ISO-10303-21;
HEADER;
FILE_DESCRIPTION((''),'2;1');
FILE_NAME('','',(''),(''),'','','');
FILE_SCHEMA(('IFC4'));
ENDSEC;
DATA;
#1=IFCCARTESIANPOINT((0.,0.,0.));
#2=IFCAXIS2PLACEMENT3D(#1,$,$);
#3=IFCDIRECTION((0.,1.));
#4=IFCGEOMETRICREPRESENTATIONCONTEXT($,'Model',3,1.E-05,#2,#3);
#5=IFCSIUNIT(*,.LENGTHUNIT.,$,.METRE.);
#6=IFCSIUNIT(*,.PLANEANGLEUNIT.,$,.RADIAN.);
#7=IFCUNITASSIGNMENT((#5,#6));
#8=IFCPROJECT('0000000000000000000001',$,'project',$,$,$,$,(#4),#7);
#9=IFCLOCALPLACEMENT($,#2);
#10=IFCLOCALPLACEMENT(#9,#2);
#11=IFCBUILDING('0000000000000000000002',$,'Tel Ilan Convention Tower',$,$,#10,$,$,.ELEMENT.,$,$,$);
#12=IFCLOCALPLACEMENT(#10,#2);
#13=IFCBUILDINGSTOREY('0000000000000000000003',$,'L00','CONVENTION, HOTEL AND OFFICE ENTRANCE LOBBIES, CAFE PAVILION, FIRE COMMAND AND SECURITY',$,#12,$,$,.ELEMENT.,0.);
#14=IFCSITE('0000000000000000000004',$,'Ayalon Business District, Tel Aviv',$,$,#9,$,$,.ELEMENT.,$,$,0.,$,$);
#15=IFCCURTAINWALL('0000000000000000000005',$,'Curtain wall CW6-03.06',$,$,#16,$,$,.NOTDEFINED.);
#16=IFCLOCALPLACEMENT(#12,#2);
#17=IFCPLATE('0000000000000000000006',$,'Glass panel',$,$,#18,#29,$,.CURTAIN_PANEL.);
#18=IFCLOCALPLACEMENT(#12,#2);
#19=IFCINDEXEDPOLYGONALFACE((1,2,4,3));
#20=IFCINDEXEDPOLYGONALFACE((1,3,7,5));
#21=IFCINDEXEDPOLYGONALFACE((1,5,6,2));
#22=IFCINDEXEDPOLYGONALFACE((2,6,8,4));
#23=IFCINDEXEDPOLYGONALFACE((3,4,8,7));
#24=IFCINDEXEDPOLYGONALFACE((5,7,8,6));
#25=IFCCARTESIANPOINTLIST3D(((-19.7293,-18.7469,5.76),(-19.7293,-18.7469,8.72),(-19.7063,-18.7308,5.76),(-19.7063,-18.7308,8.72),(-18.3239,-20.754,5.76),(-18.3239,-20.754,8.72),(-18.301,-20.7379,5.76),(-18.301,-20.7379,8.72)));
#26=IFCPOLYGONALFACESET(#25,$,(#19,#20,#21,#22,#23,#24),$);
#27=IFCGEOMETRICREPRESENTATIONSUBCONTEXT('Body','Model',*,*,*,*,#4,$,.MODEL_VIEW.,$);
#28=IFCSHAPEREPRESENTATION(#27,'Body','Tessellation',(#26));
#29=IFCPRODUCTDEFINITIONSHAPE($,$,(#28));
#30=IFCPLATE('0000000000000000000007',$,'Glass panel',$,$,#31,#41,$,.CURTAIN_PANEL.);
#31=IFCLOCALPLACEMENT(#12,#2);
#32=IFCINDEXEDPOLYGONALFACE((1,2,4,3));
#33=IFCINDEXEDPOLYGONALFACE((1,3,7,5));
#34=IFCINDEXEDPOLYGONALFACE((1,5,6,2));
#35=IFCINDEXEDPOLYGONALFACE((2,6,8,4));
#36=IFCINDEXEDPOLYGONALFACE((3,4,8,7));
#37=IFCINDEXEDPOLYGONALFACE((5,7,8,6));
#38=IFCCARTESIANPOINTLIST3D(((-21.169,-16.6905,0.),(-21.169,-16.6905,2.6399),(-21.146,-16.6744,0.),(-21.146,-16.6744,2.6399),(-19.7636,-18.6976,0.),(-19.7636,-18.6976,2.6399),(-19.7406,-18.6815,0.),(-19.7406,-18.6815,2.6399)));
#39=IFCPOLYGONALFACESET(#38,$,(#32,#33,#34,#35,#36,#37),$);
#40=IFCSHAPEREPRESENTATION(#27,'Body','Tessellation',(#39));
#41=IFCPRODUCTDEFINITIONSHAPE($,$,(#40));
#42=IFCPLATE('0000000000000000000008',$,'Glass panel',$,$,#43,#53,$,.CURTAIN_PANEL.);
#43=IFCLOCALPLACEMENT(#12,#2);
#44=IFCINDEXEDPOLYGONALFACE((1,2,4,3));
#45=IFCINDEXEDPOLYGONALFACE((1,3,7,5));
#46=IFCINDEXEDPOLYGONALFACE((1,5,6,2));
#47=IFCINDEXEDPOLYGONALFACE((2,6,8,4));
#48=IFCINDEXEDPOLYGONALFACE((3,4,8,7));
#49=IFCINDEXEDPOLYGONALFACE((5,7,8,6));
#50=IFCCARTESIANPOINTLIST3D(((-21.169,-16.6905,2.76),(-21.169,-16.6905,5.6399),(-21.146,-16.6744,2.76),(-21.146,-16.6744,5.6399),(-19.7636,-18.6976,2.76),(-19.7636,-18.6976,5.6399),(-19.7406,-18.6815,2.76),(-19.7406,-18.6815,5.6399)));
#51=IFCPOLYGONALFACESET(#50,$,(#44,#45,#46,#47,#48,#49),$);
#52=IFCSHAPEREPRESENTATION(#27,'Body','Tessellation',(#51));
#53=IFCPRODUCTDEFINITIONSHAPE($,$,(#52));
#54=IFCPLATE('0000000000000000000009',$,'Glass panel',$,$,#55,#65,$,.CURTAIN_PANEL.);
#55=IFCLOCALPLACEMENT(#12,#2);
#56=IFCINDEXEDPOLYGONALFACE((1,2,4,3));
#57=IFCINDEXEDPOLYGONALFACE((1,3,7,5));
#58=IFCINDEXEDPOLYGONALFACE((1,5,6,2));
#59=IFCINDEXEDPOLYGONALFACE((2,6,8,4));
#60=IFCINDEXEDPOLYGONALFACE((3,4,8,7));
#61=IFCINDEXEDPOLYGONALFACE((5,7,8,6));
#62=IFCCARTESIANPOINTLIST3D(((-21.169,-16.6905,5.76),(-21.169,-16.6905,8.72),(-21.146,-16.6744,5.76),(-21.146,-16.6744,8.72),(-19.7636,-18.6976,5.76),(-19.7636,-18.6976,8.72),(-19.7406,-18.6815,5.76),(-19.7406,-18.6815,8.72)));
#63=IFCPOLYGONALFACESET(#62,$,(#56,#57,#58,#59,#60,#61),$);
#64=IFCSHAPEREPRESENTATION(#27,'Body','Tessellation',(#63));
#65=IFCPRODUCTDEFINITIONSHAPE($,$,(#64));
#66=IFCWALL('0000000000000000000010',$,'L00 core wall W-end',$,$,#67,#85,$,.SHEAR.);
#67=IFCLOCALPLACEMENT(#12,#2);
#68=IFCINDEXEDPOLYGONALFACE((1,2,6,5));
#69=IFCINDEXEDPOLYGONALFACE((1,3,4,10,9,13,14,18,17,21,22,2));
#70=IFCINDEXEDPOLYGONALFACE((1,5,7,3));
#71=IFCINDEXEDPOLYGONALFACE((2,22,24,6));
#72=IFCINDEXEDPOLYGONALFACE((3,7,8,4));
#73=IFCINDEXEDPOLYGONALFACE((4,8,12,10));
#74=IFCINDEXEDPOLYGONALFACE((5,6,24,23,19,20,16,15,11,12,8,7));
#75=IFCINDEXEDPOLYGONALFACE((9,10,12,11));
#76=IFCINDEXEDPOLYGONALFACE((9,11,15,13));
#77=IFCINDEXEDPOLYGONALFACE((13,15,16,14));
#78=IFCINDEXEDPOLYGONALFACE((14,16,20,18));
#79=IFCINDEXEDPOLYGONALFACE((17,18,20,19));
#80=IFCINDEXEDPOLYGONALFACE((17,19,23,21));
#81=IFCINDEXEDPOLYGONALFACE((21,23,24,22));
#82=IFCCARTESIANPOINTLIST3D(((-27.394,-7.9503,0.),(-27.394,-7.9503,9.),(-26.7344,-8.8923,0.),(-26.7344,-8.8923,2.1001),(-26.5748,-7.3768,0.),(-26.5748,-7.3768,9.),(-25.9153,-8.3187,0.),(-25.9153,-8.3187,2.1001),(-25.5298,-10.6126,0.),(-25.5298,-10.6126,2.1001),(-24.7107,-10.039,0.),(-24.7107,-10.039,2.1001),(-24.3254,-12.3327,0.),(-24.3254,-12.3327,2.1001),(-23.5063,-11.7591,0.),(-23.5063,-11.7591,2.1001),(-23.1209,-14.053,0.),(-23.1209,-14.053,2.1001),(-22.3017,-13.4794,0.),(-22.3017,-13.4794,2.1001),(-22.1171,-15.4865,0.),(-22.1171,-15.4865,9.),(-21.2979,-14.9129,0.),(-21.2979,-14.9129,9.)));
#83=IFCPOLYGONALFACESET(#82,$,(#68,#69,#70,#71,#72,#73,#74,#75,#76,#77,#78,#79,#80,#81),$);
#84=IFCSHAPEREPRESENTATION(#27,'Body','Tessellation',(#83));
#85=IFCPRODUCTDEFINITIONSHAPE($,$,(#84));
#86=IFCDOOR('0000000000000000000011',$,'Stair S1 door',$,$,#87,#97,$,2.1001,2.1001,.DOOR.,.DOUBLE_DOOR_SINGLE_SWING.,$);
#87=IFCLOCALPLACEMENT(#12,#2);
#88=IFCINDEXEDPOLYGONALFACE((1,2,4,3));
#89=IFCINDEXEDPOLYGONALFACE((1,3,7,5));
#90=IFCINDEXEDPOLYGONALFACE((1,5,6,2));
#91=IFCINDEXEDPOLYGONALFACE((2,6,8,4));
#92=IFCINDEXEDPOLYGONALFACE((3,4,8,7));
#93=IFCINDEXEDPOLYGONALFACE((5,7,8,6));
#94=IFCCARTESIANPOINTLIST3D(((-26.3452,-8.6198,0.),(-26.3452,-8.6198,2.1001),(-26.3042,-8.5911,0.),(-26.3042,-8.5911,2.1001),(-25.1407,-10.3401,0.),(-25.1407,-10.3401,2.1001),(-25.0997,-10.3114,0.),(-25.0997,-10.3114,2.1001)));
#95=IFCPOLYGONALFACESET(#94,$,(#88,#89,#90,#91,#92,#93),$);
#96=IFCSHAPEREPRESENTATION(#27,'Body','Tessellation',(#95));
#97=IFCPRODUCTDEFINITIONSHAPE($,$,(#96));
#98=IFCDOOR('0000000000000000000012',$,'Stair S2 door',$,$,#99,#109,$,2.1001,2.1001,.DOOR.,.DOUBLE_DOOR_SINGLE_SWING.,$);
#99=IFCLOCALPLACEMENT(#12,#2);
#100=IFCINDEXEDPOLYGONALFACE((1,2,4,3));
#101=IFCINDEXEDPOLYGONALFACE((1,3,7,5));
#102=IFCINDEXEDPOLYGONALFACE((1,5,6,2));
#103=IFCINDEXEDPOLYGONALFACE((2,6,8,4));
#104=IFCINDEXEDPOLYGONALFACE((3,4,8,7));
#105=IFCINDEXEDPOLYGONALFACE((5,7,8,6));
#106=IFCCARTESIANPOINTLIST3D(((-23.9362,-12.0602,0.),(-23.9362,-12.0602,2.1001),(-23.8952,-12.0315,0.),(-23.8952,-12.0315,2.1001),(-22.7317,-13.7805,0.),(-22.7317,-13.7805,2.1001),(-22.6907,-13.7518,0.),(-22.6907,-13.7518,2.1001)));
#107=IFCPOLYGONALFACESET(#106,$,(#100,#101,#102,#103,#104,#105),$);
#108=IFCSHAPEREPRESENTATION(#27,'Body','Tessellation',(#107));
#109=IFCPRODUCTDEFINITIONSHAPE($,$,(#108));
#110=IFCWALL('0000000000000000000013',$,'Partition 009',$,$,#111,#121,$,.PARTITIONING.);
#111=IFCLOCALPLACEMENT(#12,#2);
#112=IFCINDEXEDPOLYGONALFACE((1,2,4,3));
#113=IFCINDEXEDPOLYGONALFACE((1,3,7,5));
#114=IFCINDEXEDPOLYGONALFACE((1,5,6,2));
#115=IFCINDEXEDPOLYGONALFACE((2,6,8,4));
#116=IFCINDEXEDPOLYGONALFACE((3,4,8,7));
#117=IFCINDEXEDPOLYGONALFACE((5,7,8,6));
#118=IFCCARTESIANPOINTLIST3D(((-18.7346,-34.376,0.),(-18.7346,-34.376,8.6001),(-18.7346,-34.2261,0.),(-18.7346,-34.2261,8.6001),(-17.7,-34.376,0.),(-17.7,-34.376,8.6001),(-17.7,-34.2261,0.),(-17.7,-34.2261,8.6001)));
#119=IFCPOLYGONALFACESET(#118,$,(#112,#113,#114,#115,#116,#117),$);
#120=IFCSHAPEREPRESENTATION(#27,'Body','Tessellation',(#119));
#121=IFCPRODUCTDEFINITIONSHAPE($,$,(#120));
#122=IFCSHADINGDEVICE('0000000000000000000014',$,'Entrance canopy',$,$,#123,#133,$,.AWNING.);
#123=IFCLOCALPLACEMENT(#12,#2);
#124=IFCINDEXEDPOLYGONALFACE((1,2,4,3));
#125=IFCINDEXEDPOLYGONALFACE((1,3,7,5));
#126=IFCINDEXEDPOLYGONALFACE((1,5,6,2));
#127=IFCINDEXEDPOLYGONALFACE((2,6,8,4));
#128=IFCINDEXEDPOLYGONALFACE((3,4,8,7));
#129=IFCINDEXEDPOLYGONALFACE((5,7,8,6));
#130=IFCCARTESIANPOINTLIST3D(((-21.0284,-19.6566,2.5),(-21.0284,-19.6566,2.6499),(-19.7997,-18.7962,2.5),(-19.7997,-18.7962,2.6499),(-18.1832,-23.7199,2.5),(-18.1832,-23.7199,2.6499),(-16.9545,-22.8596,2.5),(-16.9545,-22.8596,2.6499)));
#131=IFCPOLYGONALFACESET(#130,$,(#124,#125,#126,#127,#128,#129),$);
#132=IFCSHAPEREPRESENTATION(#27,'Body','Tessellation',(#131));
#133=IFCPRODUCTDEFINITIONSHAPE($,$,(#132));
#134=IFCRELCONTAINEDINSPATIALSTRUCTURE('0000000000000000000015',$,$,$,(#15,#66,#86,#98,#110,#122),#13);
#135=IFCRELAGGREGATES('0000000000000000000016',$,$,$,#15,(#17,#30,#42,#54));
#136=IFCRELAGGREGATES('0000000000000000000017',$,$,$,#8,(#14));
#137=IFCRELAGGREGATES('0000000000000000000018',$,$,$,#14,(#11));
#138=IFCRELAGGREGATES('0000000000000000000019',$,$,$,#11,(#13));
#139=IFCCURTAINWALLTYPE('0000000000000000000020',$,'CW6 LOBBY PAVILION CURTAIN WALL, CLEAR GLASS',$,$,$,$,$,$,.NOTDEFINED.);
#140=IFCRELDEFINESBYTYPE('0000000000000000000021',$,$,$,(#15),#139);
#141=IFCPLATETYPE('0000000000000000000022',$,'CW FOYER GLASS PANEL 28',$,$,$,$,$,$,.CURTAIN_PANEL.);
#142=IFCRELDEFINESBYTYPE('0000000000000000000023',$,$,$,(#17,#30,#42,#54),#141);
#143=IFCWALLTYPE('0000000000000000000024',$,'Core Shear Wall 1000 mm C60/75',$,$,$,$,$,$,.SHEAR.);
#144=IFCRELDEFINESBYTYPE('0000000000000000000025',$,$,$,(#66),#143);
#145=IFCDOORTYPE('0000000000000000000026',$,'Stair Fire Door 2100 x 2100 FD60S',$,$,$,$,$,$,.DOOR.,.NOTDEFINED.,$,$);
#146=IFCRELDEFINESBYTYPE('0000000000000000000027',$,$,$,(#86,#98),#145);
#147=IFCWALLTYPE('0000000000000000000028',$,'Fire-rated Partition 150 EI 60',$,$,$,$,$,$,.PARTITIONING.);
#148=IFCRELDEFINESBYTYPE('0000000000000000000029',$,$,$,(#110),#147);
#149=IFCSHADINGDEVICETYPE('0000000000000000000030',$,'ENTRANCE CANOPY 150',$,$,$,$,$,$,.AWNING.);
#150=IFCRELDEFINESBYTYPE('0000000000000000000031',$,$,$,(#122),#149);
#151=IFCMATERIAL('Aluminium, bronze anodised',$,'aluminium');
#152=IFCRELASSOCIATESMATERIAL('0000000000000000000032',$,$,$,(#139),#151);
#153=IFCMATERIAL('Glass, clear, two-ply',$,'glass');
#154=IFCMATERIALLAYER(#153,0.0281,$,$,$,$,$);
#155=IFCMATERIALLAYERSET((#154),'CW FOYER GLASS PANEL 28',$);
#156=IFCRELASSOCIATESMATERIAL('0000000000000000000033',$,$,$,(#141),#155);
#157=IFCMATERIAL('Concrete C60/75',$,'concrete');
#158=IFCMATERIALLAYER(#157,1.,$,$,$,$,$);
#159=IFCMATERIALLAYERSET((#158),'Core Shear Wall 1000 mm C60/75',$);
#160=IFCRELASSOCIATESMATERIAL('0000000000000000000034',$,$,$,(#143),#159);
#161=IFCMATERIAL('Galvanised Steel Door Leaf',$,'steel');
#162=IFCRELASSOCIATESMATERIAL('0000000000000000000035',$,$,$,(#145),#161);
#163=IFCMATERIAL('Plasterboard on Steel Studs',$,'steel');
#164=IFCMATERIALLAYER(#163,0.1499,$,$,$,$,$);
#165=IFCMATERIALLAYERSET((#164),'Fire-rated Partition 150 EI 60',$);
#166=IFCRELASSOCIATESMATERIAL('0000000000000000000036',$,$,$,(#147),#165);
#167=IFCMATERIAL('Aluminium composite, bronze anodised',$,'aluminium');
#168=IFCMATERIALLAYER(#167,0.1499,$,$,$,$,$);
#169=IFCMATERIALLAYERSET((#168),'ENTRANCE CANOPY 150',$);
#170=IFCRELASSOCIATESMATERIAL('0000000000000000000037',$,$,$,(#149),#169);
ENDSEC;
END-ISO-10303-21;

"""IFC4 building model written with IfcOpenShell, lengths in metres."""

from ifc_helpers import new_model, si_unit, direction, frame, frame_2d, origin, origin_2d, place, context, subcontext, project, spatial, polyline, rectangle, outline, extrude, material, layer, layer_set, type_object, element, fill, aggregate, save


model = new_model("IFC4")

# Units and contexts
model_context = context("Model", 3, precision=1e-05, world=origin(), true_north=direction((0.0, 1.0)))
body_context = subcontext(model_context, "Body", "Model", "MODEL_VIEW")
ifc_project = project(units=[si_unit("LENGTHUNIT", "METRE"), si_unit("PLANEANGLEUNIT", "RADIAN")], contexts=[model_context])

# Site, building, storey
site_placement = place(None, origin())
site = spatial("IfcSite", under=ifc_project, at=site_placement, Name="Ayalon Business District, Tel Aviv", CompositionType="ELEMENT", RefElevation=0.0)
building_placement = place(site_placement, origin())
building = spatial("IfcBuilding", under=site, at=building_placement, Name="Tel Ilan Convention Tower", CompositionType="ELEMENT")
storey_placement = place(building_placement, origin())
storey = spatial("IfcBuildingStorey", under=building, at=storey_placement, Name="L00", Description="CONVENTION, HOTEL AND OFFICE ENTRANCE LOBBIES, CAFE PAVILION, FIRE COMMAND AND SECURITY", CompositionType="ELEMENT", Elevation=0.0)

# Shared definitions
ifc_material_1 = material(Name="Aluminium, bronze anodised", Category="aluminium")
curtain_wall_type = type_object("IfcCurtainWallType", Name="CW6 LOBBY PAVILION CURTAIN WALL, CLEAR GLASS", PredefinedType="NOTDEFINED", material=ifc_material_1)

# Curtain wall
curtain_wall_1_placement = place(storey_placement, origin())
curtain_wall_1 = element("IfcCurtainWall", 1, at=curtain_wall_1_placement, inside=storey, type_object=curtain_wall_type, Name="Curtain wall CW6-03.06", PredefinedType="NOTDEFINED")

# Plates
ifc_material_2 = material(Name="Glass, clear, two-ply", Category="glass")
ifc_layer_1 = layer(ifc_material_2, 0.0281)
ifc_layer_set_1 = layer_set([ifc_layer_1], Name="CW FOYER GLASS PANEL 28")
plate_type = type_object("IfcPlateType", Name="CW FOYER GLASS PANEL 28", PredefinedType="CURTAIN_PANEL", material=ifc_layer_set_1)
plate_1_placement = place(storey_placement, frame((-19.0151, -19.7424, 5.76), z_axis=(0.0, 0.0, 1.0), x_axis=(-0.573576, 0.819152, 0.0)))
plate_1 = element("IfcPlate", 2, at=plate_1_placement, type_object=plate_type, Name="Glass panel", PredefinedType="CURTAIN_PANEL", context=body_context, shape_type="SweptSolid", body=[
    extrude(rectangle(XDim=2.4502, YDim=0.0281, at=origin_2d()), origin(), (0.0, 0.0, 1.0), 2.96),
])
plate_2_placement = place(storey_placement, frame((-20.4548, -17.686, 0.0), z_axis=(0.0, 0.0, 1.0), x_axis=(-0.573576, 0.819152, 0.0)))
plate_2 = element("IfcPlate", 3, at=plate_2_placement, type_object=plate_type, Name="Glass panel", PredefinedType="CURTAIN_PANEL", context=body_context, shape_type="SweptSolid", body=[
    extrude(rectangle(XDim=2.4502, YDim=0.0281, at=origin_2d()), origin(), (0.0, 0.0, 1.0), 2.6399),
])
plate_3_placement = place(storey_placement, frame((-20.4548, -17.686, 2.76), z_axis=(0.0, 0.0, 1.0), x_axis=(-0.573576, 0.819152, 0.0)))
plate_3 = element("IfcPlate", 4, at=plate_3_placement, type_object=plate_type, Name="Glass panel", PredefinedType="CURTAIN_PANEL", context=body_context, shape_type="SweptSolid", body=[
    extrude(rectangle(XDim=2.4502, YDim=0.0281, at=origin_2d()), origin(), (0.0, 0.0, 1.0), 2.8799),
])
plate_4_placement = place(storey_placement, frame((-20.4548, -17.686, 5.76), z_axis=(0.0, 0.0, 1.0), x_axis=(-0.573576, 0.819152, 0.0)))
plate_4 = element("IfcPlate", 5, at=plate_4_placement, type_object=plate_type, Name="Glass panel", PredefinedType="CURTAIN_PANEL", context=body_context, shape_type="SweptSolid", body=[
    extrude(rectangle(XDim=2.4502, YDim=0.0281, at=origin_2d()), origin(), (0.0, 0.0, 1.0), 2.96),
])
aggregate(curtain_wall_1, [plate_1, plate_2, plate_3, plate_4])

# Wall, openings, doors
ifc_material_3 = material(Name="Concrete C60/75", Category="concrete")
ifc_layer_2 = layer(ifc_material_3, 1.0)
ifc_layer_set_2 = layer_set([ifc_layer_2], Name="Core Shear Wall 1000 mm C60/75")
wall_type_1 = type_object("IfcWallType", Name="Core Shear Wall 1000 mm C60/75", PredefinedType="SHEAR", material=ifc_layer_set_2)
wall_1_placement = place(storey_placement, frame((-21.7075, -15.1997, 0.0), z_axis=(0.0, 0.0, 1.0), x_axis=(-0.573576, 0.819152, 0.0)))
wall_1 = element("IfcWall", 6, at=wall_1_placement, inside=storey, type_object=wall_type_1, Name="L00 core wall W-end", PredefinedType="SHEAR", context=body_context, shape_type="SweptSolid", body=[
    extrude(outline(polyline([(0.0, 0.5), (0.0, -0.5), (9.2, -0.5), (9.2, 0.5), (0.0, 0.5)])), origin(), (0.0, 0.0, 1.0), 9.0),
])
opening_1_placement = place(wall_1_placement, frame((5.95, 0.0, 0.0)))
opening_1 = element("IfcOpeningElement", 7, at=opening_1_placement, cuts=wall_1, PredefinedType="OPENING", context=body_context, shape_type="SweptSolid", body=[
    extrude(rectangle(XDim=2.1001, YDim=2.1001, at=frame_2d((1.05, 1.05))), frame((0.0, 0.51, 0.0), z_axis=(0.0, -1.0, 0.0), x_axis=(1.0, 0.0, 0.0)), (0.0, 0.0, 1.0), 1.02),
])
opening_2_placement = place(wall_1_placement, frame((1.75, 0.0, 0.0)))
opening_2 = element("IfcOpeningElement", 8, at=opening_2_placement, cuts=wall_1, PredefinedType="OPENING", context=body_context, shape_type="SweptSolid", body=[
    extrude(rectangle(XDim=2.1001, YDim=2.1001, at=frame_2d((1.05, 1.05))), frame((0.0, 0.51, 0.0), z_axis=(0.0, -1.0, 0.0), x_axis=(1.0, 0.0, 0.0)), (0.0, 0.0, 1.0), 1.02),
])
ifc_material_4 = material(Name="Galvanised Steel Door Leaf", Category="steel")
door_type_1 = type_object("IfcDoorType", Name="Stair Fire Door 2100 x 2100 FD60S", OperationType="NOTDEFINED", PredefinedType="DOOR", material=ifc_material_4)
door_1_placement = place(opening_1_placement, origin())
door_1 = element("IfcDoor", 9, at=door_1_placement, inside=storey, type_object=door_type_1, Name="Stair S1 door", OperationType="DOUBLE_DOOR_SINGLE_SWING", OverallHeight=2.1001, OverallWidth=2.1001, PredefinedType="DOOR", context=body_context, shape_type="SweptSolid", body=[
    extrude(rectangle(XDim=2.1001, YDim=2.1001, at=frame_2d((1.05, 1.05))), frame((0.0, 0.0249, 0.0), z_axis=(0.0, -1.0, 0.0), x_axis=(1.0, 0.0, 0.0)), (0.0, 0.0, 1.0), 0.05),
])
fill(opening_1, door_1)
door_2_placement = place(opening_2_placement, origin())
door_2 = element("IfcDoor", 10, at=door_2_placement, inside=storey, type_object=door_type_1, Name="Stair S2 door", OperationType="DOUBLE_DOOR_SINGLE_SWING", OverallHeight=2.1001, OverallWidth=2.1001, PredefinedType="DOOR", context=body_context, shape_type="SweptSolid", body=[
    extrude(rectangle(XDim=2.1001, YDim=2.1001, at=frame_2d((1.05, 1.05))), frame((0.0, 0.0249, 0.0), z_axis=(0.0, -1.0, 0.0), x_axis=(1.0, 0.0, 0.0)), (0.0, 0.0, 1.0), 0.05),
])
fill(opening_2, door_2)

# Wall
ifc_material_5 = material(Name="Plasterboard on Steel Studs", Category="steel")
ifc_layer_3 = layer(ifc_material_5, 0.1499)
ifc_layer_set_3 = layer_set([ifc_layer_3], Name="Fire-rated Partition 150 EI 60")
wall_type_2 = type_object("IfcWallType", Name="Fire-rated Partition 150 EI 60", PredefinedType="PARTITIONING", material=ifc_layer_set_3)
wall_2_placement = place(storey_placement, frame((-18.7346, -34.301, 0.0), z_axis=(0.0, 0.0, 1.0), x_axis=(1.0, 0.0, 0.0)))
element("IfcWall", 11, at=wall_2_placement, inside=storey, type_object=wall_type_2, Name="Partition 009", PredefinedType="PARTITIONING", context=body_context, shape_type="SweptSolid", body=[
    extrude(rectangle(XDim=1.0347, YDim=0.1499, at=frame_2d((0.5173, 0.0))), origin(), (0.0, 0.0, 1.0), 8.6001),
])

# Shading device
ifc_material_6 = material(Name="Aluminium composite, bronze anodised", Category="aluminium")
ifc_layer_4 = layer(ifc_material_6, 0.1499)
ifc_layer_set_4 = layer_set([ifc_layer_4], Name="ENTRANCE CANOPY 150")
shading_device_type = type_object("IfcShadingDeviceType", Name="ENTRANCE CANOPY 150", PredefinedType="AWNING", material=ifc_layer_set_4)
shading_device_placement = place(storey_placement, frame((-18.9915, -21.2581, 2.5), z_axis=(0.0, 0.0, 1.0), x_axis=(-0.573576, 0.819152, 0.0)))
element("IfcShadingDevice", 12, at=shading_device_placement, inside=storey, type_object=shading_device_type, Name="Entrance canopy", PredefinedType="AWNING", context=body_context, shape_type="SweptSolid", body=[
    extrude(rectangle(XDim=4.9604, YDim=1.5, at=origin_2d()), origin(), (0.0, 0.0, 1.0), 0.1499),
])

save(model, "model.ifc")
